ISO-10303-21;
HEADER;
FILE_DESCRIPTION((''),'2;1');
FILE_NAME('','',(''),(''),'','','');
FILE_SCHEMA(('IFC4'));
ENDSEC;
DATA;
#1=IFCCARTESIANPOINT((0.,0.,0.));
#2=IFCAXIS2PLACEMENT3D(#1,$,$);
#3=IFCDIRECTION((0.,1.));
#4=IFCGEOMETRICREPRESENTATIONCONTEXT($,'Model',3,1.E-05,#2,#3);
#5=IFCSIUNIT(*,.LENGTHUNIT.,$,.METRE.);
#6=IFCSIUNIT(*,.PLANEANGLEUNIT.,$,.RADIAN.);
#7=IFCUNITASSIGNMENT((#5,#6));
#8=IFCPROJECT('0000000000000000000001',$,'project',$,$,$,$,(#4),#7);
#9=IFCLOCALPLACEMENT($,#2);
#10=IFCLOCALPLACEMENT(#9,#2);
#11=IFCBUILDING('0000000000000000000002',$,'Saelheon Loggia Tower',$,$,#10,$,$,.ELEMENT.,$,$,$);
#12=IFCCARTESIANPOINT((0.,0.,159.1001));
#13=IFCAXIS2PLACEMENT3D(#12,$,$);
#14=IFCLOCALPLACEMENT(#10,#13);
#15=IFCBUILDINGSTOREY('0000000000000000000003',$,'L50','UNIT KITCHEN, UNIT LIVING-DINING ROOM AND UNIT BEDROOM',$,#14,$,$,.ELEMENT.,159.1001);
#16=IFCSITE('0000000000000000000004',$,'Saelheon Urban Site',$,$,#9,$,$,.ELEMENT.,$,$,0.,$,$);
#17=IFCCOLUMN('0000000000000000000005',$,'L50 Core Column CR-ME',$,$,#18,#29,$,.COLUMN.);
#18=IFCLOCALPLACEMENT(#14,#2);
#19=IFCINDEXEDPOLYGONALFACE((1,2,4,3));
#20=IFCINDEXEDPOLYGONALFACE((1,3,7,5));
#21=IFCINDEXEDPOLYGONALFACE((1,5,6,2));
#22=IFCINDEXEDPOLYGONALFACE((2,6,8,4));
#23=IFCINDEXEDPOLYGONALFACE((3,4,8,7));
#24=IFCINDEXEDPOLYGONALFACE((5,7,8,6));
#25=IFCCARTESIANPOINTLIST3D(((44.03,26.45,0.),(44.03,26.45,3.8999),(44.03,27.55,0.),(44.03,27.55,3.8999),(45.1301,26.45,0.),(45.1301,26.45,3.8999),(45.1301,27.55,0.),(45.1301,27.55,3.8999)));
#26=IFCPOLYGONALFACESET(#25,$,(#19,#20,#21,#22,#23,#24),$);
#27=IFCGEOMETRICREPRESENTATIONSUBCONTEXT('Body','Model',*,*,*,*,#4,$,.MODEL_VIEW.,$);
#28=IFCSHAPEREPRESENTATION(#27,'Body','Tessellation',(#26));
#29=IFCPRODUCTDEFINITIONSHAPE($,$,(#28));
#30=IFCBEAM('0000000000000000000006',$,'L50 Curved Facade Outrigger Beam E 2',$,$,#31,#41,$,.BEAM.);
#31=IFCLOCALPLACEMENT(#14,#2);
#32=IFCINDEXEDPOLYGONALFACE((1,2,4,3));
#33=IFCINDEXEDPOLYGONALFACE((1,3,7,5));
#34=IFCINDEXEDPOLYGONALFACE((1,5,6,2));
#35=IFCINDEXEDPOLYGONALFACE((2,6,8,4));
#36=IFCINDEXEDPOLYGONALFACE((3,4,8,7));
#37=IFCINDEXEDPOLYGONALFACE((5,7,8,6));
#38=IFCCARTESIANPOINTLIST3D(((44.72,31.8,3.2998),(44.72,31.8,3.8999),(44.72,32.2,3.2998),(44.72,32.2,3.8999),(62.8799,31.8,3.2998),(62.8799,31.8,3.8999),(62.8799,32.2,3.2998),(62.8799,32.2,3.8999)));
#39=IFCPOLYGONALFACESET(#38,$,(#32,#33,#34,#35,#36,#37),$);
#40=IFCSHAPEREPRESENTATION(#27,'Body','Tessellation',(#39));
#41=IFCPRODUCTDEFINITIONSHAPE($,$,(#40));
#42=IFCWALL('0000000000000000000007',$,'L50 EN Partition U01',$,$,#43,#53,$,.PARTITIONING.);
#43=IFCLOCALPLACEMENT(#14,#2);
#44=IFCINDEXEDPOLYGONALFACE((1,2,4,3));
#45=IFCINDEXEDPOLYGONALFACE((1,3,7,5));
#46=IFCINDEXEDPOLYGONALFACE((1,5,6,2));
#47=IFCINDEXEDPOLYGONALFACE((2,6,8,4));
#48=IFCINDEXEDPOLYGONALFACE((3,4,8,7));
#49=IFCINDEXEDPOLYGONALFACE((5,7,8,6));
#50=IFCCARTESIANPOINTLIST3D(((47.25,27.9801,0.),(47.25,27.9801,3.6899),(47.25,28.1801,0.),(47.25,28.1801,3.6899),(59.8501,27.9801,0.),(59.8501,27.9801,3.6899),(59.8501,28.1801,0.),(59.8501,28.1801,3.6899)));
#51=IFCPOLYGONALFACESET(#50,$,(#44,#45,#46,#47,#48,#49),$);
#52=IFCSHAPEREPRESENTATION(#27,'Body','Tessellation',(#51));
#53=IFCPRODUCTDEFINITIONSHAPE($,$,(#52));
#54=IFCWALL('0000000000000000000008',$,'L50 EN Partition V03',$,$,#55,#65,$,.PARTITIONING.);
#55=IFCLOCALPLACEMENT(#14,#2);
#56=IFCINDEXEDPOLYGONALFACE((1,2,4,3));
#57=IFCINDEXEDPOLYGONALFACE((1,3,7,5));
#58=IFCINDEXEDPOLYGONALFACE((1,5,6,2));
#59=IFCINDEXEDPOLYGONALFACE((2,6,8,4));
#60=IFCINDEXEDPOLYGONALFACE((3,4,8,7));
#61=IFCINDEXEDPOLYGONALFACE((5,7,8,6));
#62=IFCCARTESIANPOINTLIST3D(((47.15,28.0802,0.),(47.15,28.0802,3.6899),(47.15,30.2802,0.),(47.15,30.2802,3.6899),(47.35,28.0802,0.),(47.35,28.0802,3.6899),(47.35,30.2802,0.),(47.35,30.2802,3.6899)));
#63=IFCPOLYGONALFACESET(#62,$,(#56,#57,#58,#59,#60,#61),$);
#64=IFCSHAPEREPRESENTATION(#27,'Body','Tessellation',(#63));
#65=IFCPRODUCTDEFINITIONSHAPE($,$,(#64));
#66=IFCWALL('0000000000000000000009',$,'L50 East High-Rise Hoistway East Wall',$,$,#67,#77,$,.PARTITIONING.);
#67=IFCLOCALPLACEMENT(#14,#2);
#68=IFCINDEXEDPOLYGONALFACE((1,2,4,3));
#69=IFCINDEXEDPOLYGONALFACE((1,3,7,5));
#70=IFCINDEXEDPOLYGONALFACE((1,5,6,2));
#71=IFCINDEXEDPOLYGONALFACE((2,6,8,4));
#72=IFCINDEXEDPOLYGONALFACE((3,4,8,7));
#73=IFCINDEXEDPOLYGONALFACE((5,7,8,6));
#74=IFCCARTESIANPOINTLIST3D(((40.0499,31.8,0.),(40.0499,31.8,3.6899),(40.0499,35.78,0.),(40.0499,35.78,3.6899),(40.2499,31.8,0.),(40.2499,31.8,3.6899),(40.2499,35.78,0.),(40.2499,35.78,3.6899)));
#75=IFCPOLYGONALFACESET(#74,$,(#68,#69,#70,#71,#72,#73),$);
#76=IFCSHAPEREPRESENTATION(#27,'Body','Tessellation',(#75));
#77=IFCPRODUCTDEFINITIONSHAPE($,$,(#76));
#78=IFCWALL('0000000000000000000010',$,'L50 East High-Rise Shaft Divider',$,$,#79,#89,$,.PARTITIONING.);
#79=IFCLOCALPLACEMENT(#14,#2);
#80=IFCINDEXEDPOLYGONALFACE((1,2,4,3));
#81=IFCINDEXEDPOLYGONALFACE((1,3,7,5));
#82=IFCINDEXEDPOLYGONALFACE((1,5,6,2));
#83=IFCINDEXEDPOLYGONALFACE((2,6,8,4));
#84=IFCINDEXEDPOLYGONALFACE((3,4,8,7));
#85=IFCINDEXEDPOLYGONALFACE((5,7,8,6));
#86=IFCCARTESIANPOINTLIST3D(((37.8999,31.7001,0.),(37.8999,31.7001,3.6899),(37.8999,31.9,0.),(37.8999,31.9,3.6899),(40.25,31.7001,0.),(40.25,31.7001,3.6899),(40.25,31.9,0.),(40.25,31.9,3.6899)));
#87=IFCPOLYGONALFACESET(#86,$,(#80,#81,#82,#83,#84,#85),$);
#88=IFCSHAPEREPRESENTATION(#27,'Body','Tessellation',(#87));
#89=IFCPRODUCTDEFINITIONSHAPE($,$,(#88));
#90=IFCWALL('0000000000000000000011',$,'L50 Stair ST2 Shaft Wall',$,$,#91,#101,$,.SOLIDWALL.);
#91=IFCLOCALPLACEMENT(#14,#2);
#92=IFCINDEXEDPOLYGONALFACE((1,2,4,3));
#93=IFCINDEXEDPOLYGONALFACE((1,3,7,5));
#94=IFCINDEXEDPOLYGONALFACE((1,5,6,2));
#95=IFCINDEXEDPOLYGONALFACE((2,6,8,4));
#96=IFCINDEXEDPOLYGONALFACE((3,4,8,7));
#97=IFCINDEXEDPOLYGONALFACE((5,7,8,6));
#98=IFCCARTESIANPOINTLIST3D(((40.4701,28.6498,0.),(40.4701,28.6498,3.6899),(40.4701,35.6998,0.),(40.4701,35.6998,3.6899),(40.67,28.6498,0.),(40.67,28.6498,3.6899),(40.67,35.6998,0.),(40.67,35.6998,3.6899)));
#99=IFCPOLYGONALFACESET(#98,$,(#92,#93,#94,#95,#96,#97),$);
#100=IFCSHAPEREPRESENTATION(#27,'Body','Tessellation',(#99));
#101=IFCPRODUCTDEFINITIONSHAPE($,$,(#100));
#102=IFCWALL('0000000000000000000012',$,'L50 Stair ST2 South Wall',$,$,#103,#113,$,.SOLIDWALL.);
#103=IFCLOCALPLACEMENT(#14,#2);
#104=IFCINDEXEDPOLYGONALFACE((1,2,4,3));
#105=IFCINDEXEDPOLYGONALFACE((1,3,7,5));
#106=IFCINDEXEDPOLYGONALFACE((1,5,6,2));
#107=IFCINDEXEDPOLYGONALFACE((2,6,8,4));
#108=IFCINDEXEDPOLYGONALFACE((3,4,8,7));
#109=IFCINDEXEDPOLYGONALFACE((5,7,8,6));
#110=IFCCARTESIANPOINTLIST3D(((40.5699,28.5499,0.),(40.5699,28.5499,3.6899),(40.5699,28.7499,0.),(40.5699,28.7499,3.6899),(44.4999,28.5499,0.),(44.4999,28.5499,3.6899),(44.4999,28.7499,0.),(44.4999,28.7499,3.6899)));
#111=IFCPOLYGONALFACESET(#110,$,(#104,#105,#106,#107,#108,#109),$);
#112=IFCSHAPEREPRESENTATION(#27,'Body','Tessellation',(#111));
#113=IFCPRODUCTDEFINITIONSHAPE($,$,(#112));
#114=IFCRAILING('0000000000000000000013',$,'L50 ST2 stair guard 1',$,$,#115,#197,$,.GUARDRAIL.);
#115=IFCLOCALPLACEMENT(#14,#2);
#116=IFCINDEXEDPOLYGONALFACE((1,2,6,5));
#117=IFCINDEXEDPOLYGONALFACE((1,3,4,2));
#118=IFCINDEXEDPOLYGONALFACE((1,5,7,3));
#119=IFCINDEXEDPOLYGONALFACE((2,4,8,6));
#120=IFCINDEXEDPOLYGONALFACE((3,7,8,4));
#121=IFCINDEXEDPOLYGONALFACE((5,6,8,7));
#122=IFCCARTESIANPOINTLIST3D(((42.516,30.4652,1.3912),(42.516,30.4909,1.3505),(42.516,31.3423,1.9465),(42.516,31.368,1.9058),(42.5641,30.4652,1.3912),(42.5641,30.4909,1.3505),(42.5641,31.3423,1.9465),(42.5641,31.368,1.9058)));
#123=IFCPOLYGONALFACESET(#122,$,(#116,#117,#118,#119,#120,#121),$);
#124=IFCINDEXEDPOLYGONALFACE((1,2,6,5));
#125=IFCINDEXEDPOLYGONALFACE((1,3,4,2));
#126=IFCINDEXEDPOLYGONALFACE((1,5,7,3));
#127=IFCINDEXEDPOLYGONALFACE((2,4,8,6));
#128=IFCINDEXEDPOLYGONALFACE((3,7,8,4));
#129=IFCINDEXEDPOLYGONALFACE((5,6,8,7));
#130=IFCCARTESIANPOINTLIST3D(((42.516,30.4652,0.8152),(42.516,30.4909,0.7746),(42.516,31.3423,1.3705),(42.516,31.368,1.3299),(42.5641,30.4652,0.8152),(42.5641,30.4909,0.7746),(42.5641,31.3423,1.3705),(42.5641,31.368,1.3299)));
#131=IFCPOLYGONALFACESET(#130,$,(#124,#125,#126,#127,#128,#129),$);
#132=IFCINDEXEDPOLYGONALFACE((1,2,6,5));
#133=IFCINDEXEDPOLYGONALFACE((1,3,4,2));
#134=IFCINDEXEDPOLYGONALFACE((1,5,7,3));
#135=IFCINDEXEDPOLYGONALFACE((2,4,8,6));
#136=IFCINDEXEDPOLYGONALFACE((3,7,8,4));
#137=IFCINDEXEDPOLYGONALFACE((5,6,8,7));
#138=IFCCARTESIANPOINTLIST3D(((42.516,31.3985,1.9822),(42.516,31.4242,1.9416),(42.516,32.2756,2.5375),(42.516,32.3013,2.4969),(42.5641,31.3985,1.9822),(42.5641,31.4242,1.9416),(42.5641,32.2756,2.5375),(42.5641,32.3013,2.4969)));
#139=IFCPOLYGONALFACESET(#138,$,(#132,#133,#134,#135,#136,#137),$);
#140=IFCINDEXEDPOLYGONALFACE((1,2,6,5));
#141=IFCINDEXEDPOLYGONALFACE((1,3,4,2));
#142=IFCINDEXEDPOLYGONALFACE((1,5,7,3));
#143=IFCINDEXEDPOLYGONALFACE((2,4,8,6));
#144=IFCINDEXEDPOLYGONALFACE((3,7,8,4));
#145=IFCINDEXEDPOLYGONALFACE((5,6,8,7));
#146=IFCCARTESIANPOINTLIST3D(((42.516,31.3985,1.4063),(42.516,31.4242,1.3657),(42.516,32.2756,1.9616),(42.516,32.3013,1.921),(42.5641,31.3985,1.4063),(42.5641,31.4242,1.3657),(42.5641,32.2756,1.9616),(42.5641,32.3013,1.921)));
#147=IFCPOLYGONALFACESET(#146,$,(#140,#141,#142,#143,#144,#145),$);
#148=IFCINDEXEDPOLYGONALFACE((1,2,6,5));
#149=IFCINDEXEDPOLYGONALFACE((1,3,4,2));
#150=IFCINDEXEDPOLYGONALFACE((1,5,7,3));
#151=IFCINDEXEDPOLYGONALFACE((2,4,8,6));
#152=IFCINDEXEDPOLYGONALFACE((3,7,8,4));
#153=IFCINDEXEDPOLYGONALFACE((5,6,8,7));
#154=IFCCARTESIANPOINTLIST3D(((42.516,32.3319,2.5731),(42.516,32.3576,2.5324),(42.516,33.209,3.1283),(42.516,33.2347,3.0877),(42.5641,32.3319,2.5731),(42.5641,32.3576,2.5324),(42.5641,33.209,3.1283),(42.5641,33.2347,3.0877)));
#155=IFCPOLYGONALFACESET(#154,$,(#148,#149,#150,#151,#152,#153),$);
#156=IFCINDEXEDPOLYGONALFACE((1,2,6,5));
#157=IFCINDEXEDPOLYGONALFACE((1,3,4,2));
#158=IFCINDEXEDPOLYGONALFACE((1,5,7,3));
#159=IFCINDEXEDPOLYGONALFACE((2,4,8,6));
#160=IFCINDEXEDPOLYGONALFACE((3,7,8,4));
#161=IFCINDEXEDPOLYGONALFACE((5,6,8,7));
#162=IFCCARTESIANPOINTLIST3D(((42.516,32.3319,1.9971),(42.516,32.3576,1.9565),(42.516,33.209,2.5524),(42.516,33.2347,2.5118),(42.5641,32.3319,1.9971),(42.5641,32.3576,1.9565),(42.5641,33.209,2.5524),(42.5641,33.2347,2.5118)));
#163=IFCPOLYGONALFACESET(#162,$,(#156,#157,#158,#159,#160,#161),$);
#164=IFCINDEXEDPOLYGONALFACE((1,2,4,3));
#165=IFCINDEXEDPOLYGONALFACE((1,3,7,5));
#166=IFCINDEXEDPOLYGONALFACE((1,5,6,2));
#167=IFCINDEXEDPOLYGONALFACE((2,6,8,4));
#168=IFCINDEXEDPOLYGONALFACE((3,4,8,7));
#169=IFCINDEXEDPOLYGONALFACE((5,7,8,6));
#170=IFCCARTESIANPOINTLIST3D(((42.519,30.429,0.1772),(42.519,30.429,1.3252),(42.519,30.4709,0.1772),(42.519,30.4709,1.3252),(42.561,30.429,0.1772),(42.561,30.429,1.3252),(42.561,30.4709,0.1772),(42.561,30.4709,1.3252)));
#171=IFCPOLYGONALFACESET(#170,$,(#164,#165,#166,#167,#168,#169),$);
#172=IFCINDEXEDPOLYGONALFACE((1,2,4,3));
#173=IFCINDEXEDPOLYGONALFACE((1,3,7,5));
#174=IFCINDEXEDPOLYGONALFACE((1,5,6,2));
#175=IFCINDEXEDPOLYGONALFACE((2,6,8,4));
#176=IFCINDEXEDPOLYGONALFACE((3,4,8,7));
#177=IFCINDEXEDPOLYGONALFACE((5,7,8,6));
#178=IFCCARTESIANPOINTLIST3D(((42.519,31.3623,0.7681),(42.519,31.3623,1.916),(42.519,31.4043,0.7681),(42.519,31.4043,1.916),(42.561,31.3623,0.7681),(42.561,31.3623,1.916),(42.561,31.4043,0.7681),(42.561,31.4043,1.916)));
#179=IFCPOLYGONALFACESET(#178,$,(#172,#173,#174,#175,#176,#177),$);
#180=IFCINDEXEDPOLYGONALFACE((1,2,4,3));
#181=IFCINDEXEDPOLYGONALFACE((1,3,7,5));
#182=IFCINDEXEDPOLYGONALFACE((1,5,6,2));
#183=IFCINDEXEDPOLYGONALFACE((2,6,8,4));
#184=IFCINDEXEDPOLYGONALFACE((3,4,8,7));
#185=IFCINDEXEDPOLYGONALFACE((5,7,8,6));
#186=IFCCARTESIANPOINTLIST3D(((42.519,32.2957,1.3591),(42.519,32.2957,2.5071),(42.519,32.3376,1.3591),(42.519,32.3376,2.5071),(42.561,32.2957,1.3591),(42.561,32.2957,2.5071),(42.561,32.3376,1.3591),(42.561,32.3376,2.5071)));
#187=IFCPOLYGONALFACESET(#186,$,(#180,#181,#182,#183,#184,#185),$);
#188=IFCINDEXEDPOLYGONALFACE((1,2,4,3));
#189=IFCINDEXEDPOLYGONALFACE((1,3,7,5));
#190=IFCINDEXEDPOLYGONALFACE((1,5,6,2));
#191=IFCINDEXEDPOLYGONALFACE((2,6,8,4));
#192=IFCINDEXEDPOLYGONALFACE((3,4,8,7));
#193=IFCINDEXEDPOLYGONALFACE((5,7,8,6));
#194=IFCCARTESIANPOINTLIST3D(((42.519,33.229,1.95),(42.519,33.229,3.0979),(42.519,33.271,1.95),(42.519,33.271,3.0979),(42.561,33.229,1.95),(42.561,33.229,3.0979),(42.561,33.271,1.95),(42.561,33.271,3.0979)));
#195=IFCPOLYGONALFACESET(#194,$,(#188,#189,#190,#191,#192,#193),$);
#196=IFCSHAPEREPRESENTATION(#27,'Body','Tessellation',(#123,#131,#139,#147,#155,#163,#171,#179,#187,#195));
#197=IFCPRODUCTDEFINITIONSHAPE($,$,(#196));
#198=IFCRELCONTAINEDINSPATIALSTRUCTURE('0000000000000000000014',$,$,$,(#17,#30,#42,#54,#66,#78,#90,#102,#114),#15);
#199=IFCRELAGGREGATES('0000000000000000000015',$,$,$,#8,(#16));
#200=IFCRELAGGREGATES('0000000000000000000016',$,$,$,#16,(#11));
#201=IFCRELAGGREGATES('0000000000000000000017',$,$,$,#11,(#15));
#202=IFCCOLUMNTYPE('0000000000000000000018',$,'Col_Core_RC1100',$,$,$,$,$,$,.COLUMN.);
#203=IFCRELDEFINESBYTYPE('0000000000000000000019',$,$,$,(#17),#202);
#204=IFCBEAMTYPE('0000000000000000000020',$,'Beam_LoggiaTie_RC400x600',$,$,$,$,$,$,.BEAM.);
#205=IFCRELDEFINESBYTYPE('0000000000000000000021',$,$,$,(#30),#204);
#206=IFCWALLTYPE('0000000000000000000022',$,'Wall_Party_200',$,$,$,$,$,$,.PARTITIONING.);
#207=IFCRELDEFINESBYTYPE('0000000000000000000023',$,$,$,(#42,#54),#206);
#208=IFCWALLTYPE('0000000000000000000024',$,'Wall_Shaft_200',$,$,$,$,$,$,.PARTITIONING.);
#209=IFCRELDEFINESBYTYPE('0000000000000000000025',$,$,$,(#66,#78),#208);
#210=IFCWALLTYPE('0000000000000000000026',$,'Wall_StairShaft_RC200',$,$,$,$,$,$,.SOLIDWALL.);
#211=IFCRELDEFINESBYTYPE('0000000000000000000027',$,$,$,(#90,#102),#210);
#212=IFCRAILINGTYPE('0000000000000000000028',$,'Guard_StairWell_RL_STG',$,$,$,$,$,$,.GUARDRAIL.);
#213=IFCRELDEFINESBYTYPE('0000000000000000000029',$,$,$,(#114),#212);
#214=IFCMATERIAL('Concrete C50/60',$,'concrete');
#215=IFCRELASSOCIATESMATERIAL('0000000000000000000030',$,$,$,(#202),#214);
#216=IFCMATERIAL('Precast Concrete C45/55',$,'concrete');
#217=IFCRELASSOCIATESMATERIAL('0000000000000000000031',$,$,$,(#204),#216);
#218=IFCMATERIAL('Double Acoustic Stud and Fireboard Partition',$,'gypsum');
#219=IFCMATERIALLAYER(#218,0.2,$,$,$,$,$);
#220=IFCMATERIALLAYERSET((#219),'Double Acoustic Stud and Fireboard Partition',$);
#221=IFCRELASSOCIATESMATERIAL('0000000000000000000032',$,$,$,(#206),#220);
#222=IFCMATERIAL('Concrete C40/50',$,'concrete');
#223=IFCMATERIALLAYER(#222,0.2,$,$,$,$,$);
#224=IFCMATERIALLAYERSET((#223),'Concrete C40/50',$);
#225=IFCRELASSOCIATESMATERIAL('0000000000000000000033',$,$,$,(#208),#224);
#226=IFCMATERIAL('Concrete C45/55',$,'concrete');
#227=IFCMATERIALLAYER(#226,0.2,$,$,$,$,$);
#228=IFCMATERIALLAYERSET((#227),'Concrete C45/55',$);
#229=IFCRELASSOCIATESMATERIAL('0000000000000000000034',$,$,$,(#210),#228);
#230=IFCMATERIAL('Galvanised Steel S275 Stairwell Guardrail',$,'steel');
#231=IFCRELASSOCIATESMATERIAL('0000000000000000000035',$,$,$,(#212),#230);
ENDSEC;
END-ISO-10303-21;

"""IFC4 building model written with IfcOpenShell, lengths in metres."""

from ifc_helpers import new_model, si_unit, direction, frame, frame_2d, origin, origin_2d, place, context, subcontext, project, spatial, rectangle, extrude, source, transform, mapped, material, layer, layer_set, material_profile, profile_set, type_object, element, save


model = new_model("IFC4")

# Units and contexts
model_context = context("Model", 3, precision=1e-05, world=origin(), true_north=direction((0.0, 1.0)))
body_context = subcontext(model_context, "Body", "Model", "MODEL_VIEW")
ifc_project = project(units=[si_unit("LENGTHUNIT", "METRE"), si_unit("PLANEANGLEUNIT", "RADIAN")], contexts=[model_context])

# Site, building, storey
site_placement = place(None, origin())
site = spatial("IfcSite", under=ifc_project, at=site_placement, Name="Saelheon Urban Site", CompositionType="ELEMENT", RefElevation=0.0)
building_placement = place(site_placement, origin())
building = spatial("IfcBuilding", under=site, at=building_placement, Name="Saelheon Loggia Tower", CompositionType="ELEMENT")
storey_placement = place(building_placement, frame((0.0, 0.0, 159.1001)))
storey = spatial("IfcBuildingStorey", under=building, at=storey_placement, Name="L50", Description="UNIT KITCHEN, UNIT LIVING-DINING ROOM AND UNIT BEDROOM", CompositionType="ELEMENT", Elevation=159.1001)

# Column
ifc_material_1 = material(Name="Concrete C50/60", Category="concrete")
ifc_material_profile_1 = material_profile(ifc_material_1, rectangle(XDim=1.1001, YDim=1.1001, at=origin_2d()), Name="RC-1100x1100")
ifc_profile_set_1 = profile_set([ifc_material_profile_1], Name="Concrete C50/60")
column_type = type_object("IfcColumnType", Name="Col_Core_RC1100", PredefinedType="COLUMN", material=ifc_profile_set_1)
shared_shape_1 = source(origin(), body_context, "Body", "SweptSolid", [
    extrude(rectangle(XDim=1.1001, YDim=1.1001, at=origin_2d()), origin(), (0.0, 0.0, 1.0), 3.8999),
])
column_placement = place(storey_placement, frame((44.5801, 27.0, 0.0), z_axis=(0.0, 0.0, 1.0), x_axis=(1.0, 0.0, 0.0)))
element("IfcColumn", 1, at=column_placement, inside=storey, type_object=column_type, Name="L50 Core Column CR-ME", PredefinedType="COLUMN", context=body_context, shape_type="MappedRepresentation", body=[
    mapped(shared_shape_1, transform((0.0, 0.0, 0.0), scale=1.0)),
])

# Beam
ifc_material_2 = material(Name="Precast Concrete C45/55", Category="concrete")
ifc_material_profile_2 = material_profile(ifc_material_2, rectangle(XDim=0.3999, YDim=0.6001, at=origin_2d()), Name="RC-400x600")
ifc_profile_set_2 = profile_set([ifc_material_profile_2], Name="Precast Concrete C45/55")
beam_type = type_object("IfcBeamType", Name="Beam_LoggiaTie_RC400x600", PredefinedType="BEAM", material=ifc_profile_set_2)
shared_shape_2 = source(origin(), body_context, "Body", "SweptSolid", [
    extrude(rectangle(XDim=0.3999, YDim=0.6001, at=origin_2d()), origin(), (0.0, 0.0, 1.0), 18.1599),
])
beam_placement = place(storey_placement, frame((44.72, 32.0, 3.5999), z_axis=(1.0, 0.0, 0.0), x_axis=(0.0, 1.0, 0.0)))
element("IfcBeam", 2, at=beam_placement, inside=storey, type_object=beam_type, Name="L50 Curved Facade Outrigger Beam E 2", PredefinedType="BEAM", context=body_context, shape_type="MappedRepresentation", body=[
    mapped(shared_shape_2, transform((0.0, 0.0, 0.0), scale=1.0)),
])

# Walls
ifc_material_3 = material(Name="Double Acoustic Stud and Fireboard Partition", Category="gypsum")
ifc_layer_1 = layer(ifc_material_3, 0.2)
ifc_layer_set_1 = layer_set([ifc_layer_1], Name="Double Acoustic Stud and Fireboard Partition")
wall_type_1 = type_object("IfcWallType", Name="Wall_Party_200", PredefinedType="PARTITIONING", material=ifc_layer_set_1)
wall_1_placement = place(storey_placement, frame((47.25, 28.0801, 0.0), z_axis=(0.0, 0.0, 1.0), x_axis=(1.0, 0.0, 0.0)))
element("IfcWall", 3, at=wall_1_placement, inside=storey, type_object=wall_type_1, Name="L50 EN Partition U01", PredefinedType="PARTITIONING", context=body_context, shape_type="SweptSolid", body=[
    extrude(rectangle(XDim=12.6001, YDim=0.2, at=frame_2d((6.3, 0.0))), origin(), (0.0, 0.0, 1.0), 3.6899),
])
wall_2_placement = place(storey_placement, frame((47.25, 28.0801, 0.0), z_axis=(0.0, 0.0, 1.0), x_axis=(0.0, 1.0, 0.0)))
element("IfcWall", 4, at=wall_2_placement, inside=storey, type_object=wall_type_1, Name="L50 EN Partition V03", PredefinedType="PARTITIONING", context=body_context, shape_type="SweptSolid", body=[
    extrude(rectangle(XDim=2.2, YDim=0.2, at=frame_2d((1.1001, 0.0))), origin(), (0.0, 0.0, 1.0), 3.6899),
])
ifc_material_4 = material(Name="Concrete C40/50", Category="concrete")
ifc_layer_2 = layer(ifc_material_4, 0.2)
ifc_layer_set_2 = layer_set([ifc_layer_2], Name="Concrete C40/50")
wall_type_2 = type_object("IfcWallType", Name="Wall_Shaft_200", PredefinedType="PARTITIONING", material=ifc_layer_set_2)
wall_3_placement = place(storey_placement, frame((40.1499, 31.8, 0.0), z_axis=(0.0, 0.0, 1.0), x_axis=(0.0, 1.0, 0.0)))
element("IfcWall", 5, at=wall_3_placement, inside=storey, type_object=wall_type_2, Name="L50 East High-Rise Hoistway East Wall", PredefinedType="PARTITIONING", context=body_context, shape_type="SweptSolid", body=[
    extrude(rectangle(XDim=3.98, YDim=0.2, at=frame_2d((1.99, 0.0))), origin(), (0.0, 0.0, 1.0), 3.6899),
])
wall_4_placement = place(storey_placement, frame((37.8999, 31.8, 0.0), z_axis=(0.0, 0.0, 1.0), x_axis=(1.0, 0.0, 0.0)))
element("IfcWall", 6, at=wall_4_placement, inside=storey, type_object=wall_type_2, Name="L50 East High-Rise Shaft Divider", PredefinedType="PARTITIONING", context=body_context, shape_type="SweptSolid", body=[
    extrude(rectangle(XDim=2.3501, YDim=0.2, at=frame_2d((1.175, 0.0))), origin(), (0.0, 0.0, 1.0), 3.6899),
])
ifc_material_5 = material(Name="Concrete C45/55", Category="concrete")
ifc_layer_3 = layer(ifc_material_5, 0.2)
ifc_layer_set_3 = layer_set([ifc_layer_3], Name="Concrete C45/55")
wall_type_3 = type_object("IfcWallType", Name="Wall_StairShaft_RC200", PredefinedType="SOLIDWALL", material=ifc_layer_set_3)
wall_5_placement = place(storey_placement, frame((40.5701, 28.6499, 0.0), z_axis=(0.0, 0.0, 1.0), x_axis=(0.0, 1.0, 0.0)))
element("IfcWall", 7, at=wall_5_placement, inside=storey, type_object=wall_type_3, Name="L50 Stair ST2 Shaft Wall", PredefinedType="SOLIDWALL", context=body_context, shape_type="SweptSolid", body=[
    extrude(rectangle(XDim=7.05, YDim=0.2, at=frame_2d((3.5249, 0.0))), origin(), (0.0, 0.0, 1.0), 3.6899),
])
wall_6_placement = place(storey_placement, frame((40.5701, 28.6499, 0.0), z_axis=(0.0, 0.0, 1.0), x_axis=(1.0, 0.0, 0.0)))
element("IfcWall", 8, at=wall_6_placement, inside=storey, type_object=wall_type_3, Name="L50 Stair ST2 South Wall", PredefinedType="SOLIDWALL", context=body_context, shape_type="SweptSolid", body=[
    extrude(rectangle(XDim=3.9299, YDim=0.2, at=frame_2d((1.9648, 0.0))), origin(), (0.0, 0.0, 1.0), 3.6899),
])

# Railing
ifc_material_6 = material(Name="Galvanised Steel S275 Stairwell Guardrail", Category="steel")
railing_type_1 = type_object("IfcRailingType", Name="Guard_StairWell_RL_STG", PredefinedType="GUARDRAIL", material=ifc_material_6)
railing_1_placement = place(storey_placement, frame((42.54, 30.45, 0.1772)))
element("IfcRailing", 9, at=railing_1_placement, inside=storey, type_object=railing_type_1, Name="L50 ST2 stair guard 1", PredefinedType="GUARDRAIL", context=body_context, shape_type="SweptSolid", body=[
    extrude(rectangle(XDim=0.0481, YDim=0.0481, at=origin_2d()), frame((0.0, 0.0281, 1.1936), z_axis=(0.0, 0.844909, 0.53491), x_axis=(-1.0, 0.0, 0.0)), (0.0, 0.0, 1.0), 1.0381),
    extrude(rectangle(XDim=0.0481, YDim=0.0481, at=origin_2d()), frame((0.0, 0.0281, 0.6177), z_axis=(0.0, 0.844909, 0.53491), x_axis=(-1.0, 0.0, 0.0)), (0.0, 0.0, 1.0), 1.0381),
    extrude(rectangle(XDim=0.0481, YDim=0.0481, at=origin_2d()), frame((0.0, 0.9614, 1.7847), z_axis=(0.0, 0.844909, 0.53491), x_axis=(-1.0, 0.0, 0.0)), (0.0, 0.0, 1.0), 1.0381),
    extrude(rectangle(XDim=0.0481, YDim=0.0481, at=origin_2d()), frame((0.0, 0.9614, 1.2087), z_axis=(0.0, 0.844909, 0.53491), x_axis=(-1.0, 0.0, 0.0)), (0.0, 0.0, 1.0), 1.0381),
    extrude(rectangle(XDim=0.0481, YDim=0.0481, at=origin_2d()), frame((0.0, 1.8948, 2.3755), z_axis=(0.0, 0.844909, 0.53491), x_axis=(-1.0, 0.0, 0.0)), (0.0, 0.0, 1.0), 1.0381),
    extrude(rectangle(XDim=0.0481, YDim=0.0481, at=origin_2d()), frame((0.0, 1.8948, 1.7996), z_axis=(0.0, 0.844909, 0.53491), x_axis=(-1.0, 0.0, 0.0)), (0.0, 0.0, 1.0), 1.0381),
    extrude(rectangle(XDim=0.042, YDim=0.042, at=origin_2d()), origin(), (0.0, 0.0, 1.0), 1.1479),
    extrude(rectangle(XDim=0.042, YDim=0.042, at=origin_2d()), frame((0.0, 0.9333, 0.5908)), (0.0, 0.0, 1.0), 1.1479),
    extrude(rectangle(XDim=0.042, YDim=0.042, at=origin_2d()), frame((0.0, 1.8667, 1.1819)), (0.0, 0.0, 1.0), 1.1479),
    extrude(rectangle(XDim=0.042, YDim=0.042, at=origin_2d()), frame((0.0, 2.8, 1.7727)), (0.0, 0.0, 1.0), 1.1479),
])

save(model, "model.ifc")
